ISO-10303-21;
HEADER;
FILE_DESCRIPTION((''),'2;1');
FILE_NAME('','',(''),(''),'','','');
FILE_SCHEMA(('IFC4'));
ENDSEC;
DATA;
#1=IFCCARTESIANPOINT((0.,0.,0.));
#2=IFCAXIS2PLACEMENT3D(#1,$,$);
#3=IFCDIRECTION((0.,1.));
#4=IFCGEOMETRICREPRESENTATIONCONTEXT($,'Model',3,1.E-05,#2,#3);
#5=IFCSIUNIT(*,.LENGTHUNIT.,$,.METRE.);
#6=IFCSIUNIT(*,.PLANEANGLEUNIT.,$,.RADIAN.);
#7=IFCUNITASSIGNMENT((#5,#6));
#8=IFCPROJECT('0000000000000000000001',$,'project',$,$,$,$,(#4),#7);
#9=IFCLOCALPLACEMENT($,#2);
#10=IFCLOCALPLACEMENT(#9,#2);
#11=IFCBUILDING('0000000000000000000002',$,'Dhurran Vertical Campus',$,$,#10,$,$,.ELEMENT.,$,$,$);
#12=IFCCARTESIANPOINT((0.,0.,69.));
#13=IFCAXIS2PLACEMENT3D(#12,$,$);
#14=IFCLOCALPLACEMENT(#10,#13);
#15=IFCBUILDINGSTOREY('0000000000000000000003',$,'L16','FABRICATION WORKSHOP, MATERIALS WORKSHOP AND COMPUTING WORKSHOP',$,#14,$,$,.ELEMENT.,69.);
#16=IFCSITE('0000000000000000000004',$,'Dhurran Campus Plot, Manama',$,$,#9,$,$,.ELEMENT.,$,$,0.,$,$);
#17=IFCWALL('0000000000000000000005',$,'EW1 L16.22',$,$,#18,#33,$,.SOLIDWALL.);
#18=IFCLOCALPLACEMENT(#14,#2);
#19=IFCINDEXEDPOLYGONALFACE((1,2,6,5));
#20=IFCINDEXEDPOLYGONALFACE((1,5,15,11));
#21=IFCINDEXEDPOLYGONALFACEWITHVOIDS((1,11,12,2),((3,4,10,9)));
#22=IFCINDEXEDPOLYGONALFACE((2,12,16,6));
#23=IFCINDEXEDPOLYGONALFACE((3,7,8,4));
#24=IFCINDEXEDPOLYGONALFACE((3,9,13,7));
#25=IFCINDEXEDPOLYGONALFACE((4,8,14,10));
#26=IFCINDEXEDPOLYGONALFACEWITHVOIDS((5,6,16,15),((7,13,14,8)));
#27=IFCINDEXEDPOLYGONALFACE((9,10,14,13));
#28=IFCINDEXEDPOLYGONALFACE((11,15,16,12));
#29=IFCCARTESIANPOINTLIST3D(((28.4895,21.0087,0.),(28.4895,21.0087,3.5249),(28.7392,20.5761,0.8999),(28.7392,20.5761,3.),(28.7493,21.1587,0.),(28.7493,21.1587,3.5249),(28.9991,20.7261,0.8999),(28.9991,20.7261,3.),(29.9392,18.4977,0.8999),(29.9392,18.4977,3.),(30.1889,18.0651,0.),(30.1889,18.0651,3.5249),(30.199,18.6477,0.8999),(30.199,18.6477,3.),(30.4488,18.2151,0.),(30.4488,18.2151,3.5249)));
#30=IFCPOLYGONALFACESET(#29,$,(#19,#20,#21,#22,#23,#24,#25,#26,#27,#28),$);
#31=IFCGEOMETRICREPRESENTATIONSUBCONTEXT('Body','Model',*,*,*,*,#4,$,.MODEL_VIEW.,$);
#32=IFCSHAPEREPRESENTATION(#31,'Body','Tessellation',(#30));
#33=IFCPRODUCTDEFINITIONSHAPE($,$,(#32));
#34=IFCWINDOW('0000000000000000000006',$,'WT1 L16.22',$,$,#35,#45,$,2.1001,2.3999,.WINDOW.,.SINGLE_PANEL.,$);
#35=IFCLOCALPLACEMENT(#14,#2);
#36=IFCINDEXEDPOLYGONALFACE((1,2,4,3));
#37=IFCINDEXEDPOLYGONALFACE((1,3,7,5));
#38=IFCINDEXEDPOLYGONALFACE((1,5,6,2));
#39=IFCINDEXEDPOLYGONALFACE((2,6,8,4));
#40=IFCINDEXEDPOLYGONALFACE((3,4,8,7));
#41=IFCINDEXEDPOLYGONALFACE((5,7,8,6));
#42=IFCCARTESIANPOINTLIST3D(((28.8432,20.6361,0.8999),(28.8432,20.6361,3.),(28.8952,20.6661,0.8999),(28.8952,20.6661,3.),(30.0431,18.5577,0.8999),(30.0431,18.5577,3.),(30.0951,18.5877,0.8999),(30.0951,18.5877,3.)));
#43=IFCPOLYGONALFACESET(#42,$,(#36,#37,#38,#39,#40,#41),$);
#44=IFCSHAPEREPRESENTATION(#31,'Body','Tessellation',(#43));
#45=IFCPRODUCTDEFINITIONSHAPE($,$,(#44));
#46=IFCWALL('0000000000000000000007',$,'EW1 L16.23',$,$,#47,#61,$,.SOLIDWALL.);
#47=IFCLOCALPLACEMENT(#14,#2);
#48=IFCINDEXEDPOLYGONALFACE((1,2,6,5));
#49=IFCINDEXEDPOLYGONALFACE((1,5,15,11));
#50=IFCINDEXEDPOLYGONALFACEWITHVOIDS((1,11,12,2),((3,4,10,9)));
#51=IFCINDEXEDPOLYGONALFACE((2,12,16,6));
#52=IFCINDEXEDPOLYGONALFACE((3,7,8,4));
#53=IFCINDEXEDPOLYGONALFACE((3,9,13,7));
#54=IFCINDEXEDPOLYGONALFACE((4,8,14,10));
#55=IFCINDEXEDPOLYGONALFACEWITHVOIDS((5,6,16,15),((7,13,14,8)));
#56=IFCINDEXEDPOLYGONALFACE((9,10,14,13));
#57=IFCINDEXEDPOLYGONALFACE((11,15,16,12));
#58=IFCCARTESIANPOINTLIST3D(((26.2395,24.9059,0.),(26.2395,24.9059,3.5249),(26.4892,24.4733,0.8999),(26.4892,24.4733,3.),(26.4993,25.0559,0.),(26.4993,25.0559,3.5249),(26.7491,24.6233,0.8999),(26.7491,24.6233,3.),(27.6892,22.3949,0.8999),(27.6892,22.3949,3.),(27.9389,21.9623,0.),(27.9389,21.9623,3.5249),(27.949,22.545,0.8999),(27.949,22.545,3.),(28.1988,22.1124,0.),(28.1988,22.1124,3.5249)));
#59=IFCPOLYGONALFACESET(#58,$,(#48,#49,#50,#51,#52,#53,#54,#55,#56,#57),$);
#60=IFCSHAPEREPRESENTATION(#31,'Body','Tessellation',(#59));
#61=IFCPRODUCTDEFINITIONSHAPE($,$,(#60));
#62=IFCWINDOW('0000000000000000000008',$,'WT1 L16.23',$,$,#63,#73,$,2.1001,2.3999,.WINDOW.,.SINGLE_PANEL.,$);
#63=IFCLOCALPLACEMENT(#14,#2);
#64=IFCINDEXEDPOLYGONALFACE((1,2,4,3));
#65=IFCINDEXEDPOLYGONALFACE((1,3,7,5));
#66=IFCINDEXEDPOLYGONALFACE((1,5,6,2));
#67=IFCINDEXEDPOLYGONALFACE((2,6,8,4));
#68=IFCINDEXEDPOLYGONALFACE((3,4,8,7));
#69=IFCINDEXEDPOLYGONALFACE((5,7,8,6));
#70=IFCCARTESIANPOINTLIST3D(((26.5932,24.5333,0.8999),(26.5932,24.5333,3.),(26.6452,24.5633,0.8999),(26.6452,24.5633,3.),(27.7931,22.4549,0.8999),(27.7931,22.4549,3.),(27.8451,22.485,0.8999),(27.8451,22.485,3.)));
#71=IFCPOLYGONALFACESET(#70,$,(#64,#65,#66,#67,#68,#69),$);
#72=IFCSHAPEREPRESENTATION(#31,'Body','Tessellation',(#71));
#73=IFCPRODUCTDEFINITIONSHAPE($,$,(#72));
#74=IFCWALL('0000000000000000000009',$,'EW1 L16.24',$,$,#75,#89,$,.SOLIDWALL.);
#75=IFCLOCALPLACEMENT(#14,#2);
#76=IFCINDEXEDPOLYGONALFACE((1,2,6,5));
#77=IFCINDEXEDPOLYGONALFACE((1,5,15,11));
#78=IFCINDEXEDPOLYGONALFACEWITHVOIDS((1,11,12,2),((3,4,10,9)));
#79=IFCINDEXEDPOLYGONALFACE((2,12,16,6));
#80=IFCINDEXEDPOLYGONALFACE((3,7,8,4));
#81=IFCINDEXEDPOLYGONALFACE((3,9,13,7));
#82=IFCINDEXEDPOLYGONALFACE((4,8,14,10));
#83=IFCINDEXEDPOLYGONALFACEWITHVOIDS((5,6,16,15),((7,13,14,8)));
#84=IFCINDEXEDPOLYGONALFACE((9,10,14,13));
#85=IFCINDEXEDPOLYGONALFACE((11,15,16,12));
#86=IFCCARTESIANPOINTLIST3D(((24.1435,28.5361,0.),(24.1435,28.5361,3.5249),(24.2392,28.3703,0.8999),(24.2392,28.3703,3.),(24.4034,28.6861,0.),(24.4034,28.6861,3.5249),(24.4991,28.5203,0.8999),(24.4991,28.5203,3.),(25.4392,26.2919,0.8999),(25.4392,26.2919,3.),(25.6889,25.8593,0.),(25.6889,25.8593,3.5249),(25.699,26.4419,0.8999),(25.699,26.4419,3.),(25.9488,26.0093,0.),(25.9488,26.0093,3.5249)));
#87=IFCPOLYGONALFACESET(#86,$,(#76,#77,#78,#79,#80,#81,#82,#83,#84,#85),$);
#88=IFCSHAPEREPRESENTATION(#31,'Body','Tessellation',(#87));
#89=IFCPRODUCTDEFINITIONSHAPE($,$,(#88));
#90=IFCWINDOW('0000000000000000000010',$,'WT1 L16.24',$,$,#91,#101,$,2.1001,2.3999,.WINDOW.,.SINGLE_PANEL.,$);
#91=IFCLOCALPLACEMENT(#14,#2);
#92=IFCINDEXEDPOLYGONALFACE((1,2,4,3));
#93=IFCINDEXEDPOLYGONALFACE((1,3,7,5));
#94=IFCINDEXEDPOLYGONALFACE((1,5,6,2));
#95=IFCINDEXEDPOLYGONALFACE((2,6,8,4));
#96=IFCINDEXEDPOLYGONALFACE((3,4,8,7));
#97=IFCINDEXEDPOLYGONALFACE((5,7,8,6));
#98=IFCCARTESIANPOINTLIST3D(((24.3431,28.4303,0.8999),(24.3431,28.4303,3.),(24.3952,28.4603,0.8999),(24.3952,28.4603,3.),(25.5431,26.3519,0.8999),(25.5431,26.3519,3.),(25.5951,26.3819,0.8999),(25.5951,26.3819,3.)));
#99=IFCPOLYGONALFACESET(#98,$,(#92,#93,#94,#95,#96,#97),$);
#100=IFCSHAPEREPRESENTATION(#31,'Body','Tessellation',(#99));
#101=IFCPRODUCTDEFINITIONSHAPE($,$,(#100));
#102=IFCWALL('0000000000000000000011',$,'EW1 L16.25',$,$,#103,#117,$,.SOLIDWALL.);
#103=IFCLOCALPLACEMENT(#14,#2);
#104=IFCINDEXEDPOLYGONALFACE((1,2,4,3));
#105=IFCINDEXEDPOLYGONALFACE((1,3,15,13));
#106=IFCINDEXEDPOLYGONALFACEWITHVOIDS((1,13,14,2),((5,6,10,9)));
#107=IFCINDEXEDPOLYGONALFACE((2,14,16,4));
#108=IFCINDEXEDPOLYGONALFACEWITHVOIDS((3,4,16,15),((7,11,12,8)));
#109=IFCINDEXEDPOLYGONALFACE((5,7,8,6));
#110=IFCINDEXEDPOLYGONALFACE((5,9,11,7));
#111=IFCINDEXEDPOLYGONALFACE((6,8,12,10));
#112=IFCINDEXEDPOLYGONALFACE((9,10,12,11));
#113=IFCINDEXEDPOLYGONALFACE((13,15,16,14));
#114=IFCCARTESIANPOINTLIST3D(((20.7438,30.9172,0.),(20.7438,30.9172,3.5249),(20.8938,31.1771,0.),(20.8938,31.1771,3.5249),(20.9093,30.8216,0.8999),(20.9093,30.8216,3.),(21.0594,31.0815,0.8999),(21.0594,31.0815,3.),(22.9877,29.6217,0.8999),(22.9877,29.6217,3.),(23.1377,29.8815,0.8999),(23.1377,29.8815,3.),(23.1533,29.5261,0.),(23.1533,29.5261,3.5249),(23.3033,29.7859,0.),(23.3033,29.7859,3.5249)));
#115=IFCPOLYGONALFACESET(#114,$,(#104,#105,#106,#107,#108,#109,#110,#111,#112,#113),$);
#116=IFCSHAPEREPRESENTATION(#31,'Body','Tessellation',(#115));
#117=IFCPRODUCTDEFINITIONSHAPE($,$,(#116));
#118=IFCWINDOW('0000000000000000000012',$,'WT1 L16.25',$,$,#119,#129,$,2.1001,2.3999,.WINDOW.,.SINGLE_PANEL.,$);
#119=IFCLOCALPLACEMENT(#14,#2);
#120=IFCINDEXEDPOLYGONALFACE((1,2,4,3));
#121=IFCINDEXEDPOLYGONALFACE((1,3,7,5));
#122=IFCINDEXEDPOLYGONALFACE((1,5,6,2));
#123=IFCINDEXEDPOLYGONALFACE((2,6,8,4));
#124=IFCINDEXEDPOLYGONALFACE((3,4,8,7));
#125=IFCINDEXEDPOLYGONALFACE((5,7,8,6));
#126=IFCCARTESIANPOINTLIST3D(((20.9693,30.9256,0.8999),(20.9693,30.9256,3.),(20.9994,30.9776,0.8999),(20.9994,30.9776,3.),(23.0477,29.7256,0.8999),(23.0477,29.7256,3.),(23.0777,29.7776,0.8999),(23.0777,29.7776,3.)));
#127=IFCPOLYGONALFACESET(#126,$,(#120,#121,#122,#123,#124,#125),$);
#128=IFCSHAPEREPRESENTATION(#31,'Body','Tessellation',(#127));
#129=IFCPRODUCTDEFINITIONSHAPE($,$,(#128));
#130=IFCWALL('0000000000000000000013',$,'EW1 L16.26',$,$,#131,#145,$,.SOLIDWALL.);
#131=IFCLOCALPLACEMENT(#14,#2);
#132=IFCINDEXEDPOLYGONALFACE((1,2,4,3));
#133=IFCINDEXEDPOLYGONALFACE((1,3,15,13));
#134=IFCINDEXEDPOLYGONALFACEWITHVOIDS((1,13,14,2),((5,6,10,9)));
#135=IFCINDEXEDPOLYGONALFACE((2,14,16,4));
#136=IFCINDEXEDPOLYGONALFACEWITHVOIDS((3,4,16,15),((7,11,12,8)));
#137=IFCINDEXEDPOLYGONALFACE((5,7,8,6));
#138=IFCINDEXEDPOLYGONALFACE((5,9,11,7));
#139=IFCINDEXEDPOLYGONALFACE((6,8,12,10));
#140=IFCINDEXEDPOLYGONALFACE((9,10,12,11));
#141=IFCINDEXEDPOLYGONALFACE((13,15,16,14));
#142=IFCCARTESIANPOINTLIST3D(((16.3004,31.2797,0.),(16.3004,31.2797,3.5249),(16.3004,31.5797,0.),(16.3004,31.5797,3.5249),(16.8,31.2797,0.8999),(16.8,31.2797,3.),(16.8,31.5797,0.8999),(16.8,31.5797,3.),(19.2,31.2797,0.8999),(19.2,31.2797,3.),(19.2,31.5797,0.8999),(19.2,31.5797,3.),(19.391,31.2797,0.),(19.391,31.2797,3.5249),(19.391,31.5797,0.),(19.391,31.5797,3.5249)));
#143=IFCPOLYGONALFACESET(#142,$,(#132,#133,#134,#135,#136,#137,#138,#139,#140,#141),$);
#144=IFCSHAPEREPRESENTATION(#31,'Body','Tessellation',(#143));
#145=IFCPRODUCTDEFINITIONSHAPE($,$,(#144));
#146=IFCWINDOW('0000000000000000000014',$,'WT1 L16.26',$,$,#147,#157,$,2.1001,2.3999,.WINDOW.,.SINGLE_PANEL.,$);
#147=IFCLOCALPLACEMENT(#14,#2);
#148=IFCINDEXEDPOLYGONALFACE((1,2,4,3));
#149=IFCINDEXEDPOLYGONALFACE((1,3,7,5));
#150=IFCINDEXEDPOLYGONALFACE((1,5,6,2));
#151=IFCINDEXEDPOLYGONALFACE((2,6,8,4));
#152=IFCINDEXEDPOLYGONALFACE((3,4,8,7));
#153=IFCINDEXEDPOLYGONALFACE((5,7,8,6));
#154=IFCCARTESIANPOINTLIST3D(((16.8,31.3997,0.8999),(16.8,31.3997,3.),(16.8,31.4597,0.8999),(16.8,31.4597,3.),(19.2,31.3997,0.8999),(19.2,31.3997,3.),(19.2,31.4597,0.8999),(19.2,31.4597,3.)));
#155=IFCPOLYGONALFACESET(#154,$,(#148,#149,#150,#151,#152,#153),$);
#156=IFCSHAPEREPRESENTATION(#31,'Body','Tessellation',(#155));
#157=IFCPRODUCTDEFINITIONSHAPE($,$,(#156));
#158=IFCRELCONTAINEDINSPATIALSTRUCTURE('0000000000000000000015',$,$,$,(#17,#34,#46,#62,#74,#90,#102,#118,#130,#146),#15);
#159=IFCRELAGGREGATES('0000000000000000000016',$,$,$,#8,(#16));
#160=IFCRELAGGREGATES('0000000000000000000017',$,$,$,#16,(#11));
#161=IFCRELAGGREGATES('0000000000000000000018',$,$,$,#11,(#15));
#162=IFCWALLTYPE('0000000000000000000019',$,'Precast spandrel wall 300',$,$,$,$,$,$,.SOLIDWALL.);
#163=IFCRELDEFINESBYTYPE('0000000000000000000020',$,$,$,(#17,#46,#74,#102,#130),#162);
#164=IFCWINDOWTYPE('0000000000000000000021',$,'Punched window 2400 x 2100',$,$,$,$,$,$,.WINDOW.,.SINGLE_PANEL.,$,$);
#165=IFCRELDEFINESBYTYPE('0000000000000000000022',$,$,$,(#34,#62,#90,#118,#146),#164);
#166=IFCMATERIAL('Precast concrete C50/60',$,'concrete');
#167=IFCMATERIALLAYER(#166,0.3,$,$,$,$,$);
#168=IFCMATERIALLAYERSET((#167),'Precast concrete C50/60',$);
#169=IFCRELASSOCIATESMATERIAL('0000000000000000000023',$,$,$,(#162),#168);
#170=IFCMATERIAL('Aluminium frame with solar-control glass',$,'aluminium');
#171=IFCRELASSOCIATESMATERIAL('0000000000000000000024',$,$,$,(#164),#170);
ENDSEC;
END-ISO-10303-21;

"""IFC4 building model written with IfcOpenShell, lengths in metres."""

from ifc_helpers import new_model, si_unit, direction, frame, frame_2d, origin, place, context, subcontext, project, spatial, rectangle, extrude, material, layer, layer_set, type_object, element, fill, save


model = new_model("IFC4")

# Units and contexts
model_context = context("Model", 3, precision=1e-05, world=origin(), true_north=direction((0.0, 1.0)))
body_context = subcontext(model_context, "Body", "Model", "MODEL_VIEW")
ifc_project = project(units=[si_unit("LENGTHUNIT", "METRE"), si_unit("PLANEANGLEUNIT", "RADIAN")], contexts=[model_context])

# Site, building, storey
site_placement = place(None, origin())
site = spatial("IfcSite", under=ifc_project, at=site_placement, Name="Dhurran Campus Plot, Manama", CompositionType="ELEMENT", RefElevation=0.0)
building_placement = place(site_placement, origin())
building = spatial("IfcBuilding", under=site, at=building_placement, Name="Dhurran Vertical Campus", CompositionType="ELEMENT")
storey_placement = place(building_placement, frame((0.0, 0.0, 69.0)))
storey = spatial("IfcBuildingStorey", under=building, at=storey_placement, Name="L16", Description="FABRICATION WORKSHOP, MATERIALS WORKSHOP AND COMPUTING WORKSHOP", CompositionType="ELEMENT", Elevation=69.0)

# Walls, openings, windows
ifc_material_1 = material(Name="Precast concrete C50/60", Category="concrete")
ifc_layer_1 = layer(ifc_material_1, 0.3)
ifc_layer_set_1 = layer_set([ifc_layer_1], Name="Precast concrete C50/60")
wall_type_1 = type_object("IfcWallType", Name="Precast spandrel wall 300", PredefinedType="SOLIDWALL", material=ifc_layer_set_1)
ifc_material_2 = material(Name="Aluminium frame with solar-control glass", Category="aluminium")
window_type = type_object("IfcWindowType", Name="Punched window 2400 x 2100", PartitioningType="SINGLE_PANEL", PredefinedType="WINDOW", material=ifc_material_2)
wall_1_placement = place(storey_placement, frame((30.3188, 18.1401, 0.0), z_axis=(0.0, 0.0, 1.0), x_axis=(-0.499994, 0.866029, 0.0)))
wall_1 = element("IfcWall", 1, at=wall_1_placement, inside=storey, type_object=wall_type_1, Name="EW1 L16.22", PredefinedType="SOLIDWALL", context=body_context, shape_type="SweptSolid", body=[
    extrude(rectangle(XDim=3.3989, YDim=0.3, at=frame_2d((1.6995, 0.0))), origin(), (0.0, 0.0, 1.0), 3.5249),
])
opening_1_placement = place(wall_1_placement, frame((0.4995, 0.0, 0.8999)))
opening_1 = element("IfcOpeningElement", 2, at=opening_1_placement, cuts=wall_1, PredefinedType="OPENING", context=body_context, shape_type="SweptSolid", body=[
    extrude(rectangle(XDim=2.3999, YDim=2.1001, at=frame_2d((1.2, 1.05))), frame((0.0, 0.1599, 0.0), z_axis=(0.0, -1.0, 0.0), x_axis=(1.0, 0.0, 0.0)), (0.0, 0.0, 1.0), 0.3201),
])
window_1_placement = place(opening_1_placement, origin())
window_1 = element("IfcWindow", 3, at=window_1_placement, inside=storey, type_object=window_type, Name="WT1 L16.22", OverallHeight=2.1001, OverallWidth=2.3999, PartitioningType="SINGLE_PANEL", PredefinedType="WINDOW", context=body_context, shape_type="SweptSolid", body=[
    extrude(rectangle(XDim=2.3999, YDim=2.1001, at=frame_2d((1.2, 1.05))), frame((0.0, 0.03, 0.0), z_axis=(0.0, -1.0, 0.0), x_axis=(1.0, 0.0, 0.0)), (0.0, 0.0, 1.0), 0.0601),
])
fill(opening_1, window_1)
wall_2_placement = place(storey_placement, frame((28.0688, 22.0374, 0.0), z_axis=(0.0, 0.0, 1.0), x_axis=(-0.499994, 0.866029, 0.0)))
wall_2 = element("IfcWall", 4, at=wall_2_placement, inside=storey, type_object=wall_type_1, Name="EW1 L16.23", PredefinedType="SOLIDWALL", context=body_context, shape_type="SweptSolid", body=[
    extrude(rectangle(XDim=3.3989, YDim=0.3, at=frame_2d((1.6995, 0.0))), origin(), (0.0, 0.0, 1.0), 3.5249),
])
opening_2_placement = place(wall_2_placement, frame((0.4995, 0.0, 0.8999)))
opening_2 = element("IfcOpeningElement", 5, at=opening_2_placement, cuts=wall_2, PredefinedType="OPENING", context=body_context, shape_type="SweptSolid", body=[
    extrude(rectangle(XDim=2.3999, YDim=2.1001, at=frame_2d((1.2, 1.05))), frame((0.0, 0.1599, 0.0), z_axis=(0.0, -1.0, 0.0), x_axis=(1.0, 0.0, 0.0)), (0.0, 0.0, 1.0), 0.3201),
])
window_2_placement = place(opening_2_placement, origin())
window_2 = element("IfcWindow", 6, at=window_2_placement, inside=storey, type_object=window_type, Name="WT1 L16.23", OverallHeight=2.1001, OverallWidth=2.3999, PartitioningType="SINGLE_PANEL", PredefinedType="WINDOW", context=body_context, shape_type="SweptSolid", body=[
    extrude(rectangle(XDim=2.3999, YDim=2.1001, at=frame_2d((1.2, 1.05))), frame((0.0, 0.03, 0.0), z_axis=(0.0, -1.0, 0.0), x_axis=(1.0, 0.0, 0.0)), (0.0, 0.0, 1.0), 0.0601),
])
fill(opening_2, window_2)
wall_3_placement = place(storey_placement, frame((25.8188, 25.9343, 0.0), z_axis=(0.0, 0.0, 1.0), x_axis=(-0.499996, 0.866028, 0.0)))
wall_3 = element("IfcWall", 7, at=wall_3_placement, inside=storey, type_object=wall_type_1, Name="EW1 L16.24", PredefinedType="SOLIDWALL", context=body_context, shape_type="SweptSolid", body=[
    extrude(rectangle(XDim=3.0908, YDim=0.3, at=frame_2d((1.5454, 0.0))), origin(), (0.0, 0.0, 1.0), 3.5249),
])
opening_3_placement = place(wall_3_placement, frame((0.4995, 0.0, 0.8999)))
opening_3 = element("IfcOpeningElement", 8, at=opening_3_placement, cuts=wall_3, PredefinedType="OPENING", context=body_context, shape_type="SweptSolid", body=[
    extrude(rectangle(XDim=2.3999, YDim=2.1001, at=frame_2d((1.2, 1.05))), frame((0.0, 0.1599, 0.0), z_axis=(0.0, -1.0, 0.0), x_axis=(1.0, 0.0, 0.0)), (0.0, 0.0, 1.0), 0.3201),
])
window_3_placement = place(opening_3_placement, origin())
window_3 = element("IfcWindow", 9, at=window_3_placement, inside=storey, type_object=window_type, Name="WT1 L16.24", OverallHeight=2.1001, OverallWidth=2.3999, PartitioningType="SINGLE_PANEL", PredefinedType="WINDOW", context=body_context, shape_type="SweptSolid", body=[
    extrude(rectangle(XDim=2.3999, YDim=2.1001, at=frame_2d((1.2, 1.05))), frame((0.0, 0.03, 0.0), z_axis=(0.0, -1.0, 0.0), x_axis=(1.0, 0.0, 0.0)), (0.0, 0.0, 1.0), 0.0601),
])
fill(opening_3, window_3)
wall_4_placement = place(storey_placement, frame((23.2283, 29.656, 0.0), z_axis=(0.0, 0.0, 1.0), x_axis=(-0.86602, 0.500009, 0.0)))
wall_4 = element("IfcWall", 10, at=wall_4_placement, inside=storey, type_object=wall_type_1, Name="EW1 L16.25", PredefinedType="SOLIDWALL", context=body_context, shape_type="SweptSolid", body=[
    extrude(rectangle(XDim=2.7822, YDim=0.3, at=frame_2d((1.3911, 0.0))), origin(), (0.0, 0.0, 1.0), 3.5249),
])
opening_4_placement = place(wall_4_placement, frame((0.1912, 0.0, 0.8999)))
opening_4 = element("IfcOpeningElement", 11, at=opening_4_placement, cuts=wall_4, PredefinedType="OPENING", context=body_context, shape_type="SweptSolid", body=[
    extrude(rectangle(XDim=2.3999, YDim=2.1001, at=frame_2d((1.2, 1.05))), frame((0.0, 0.1599, 0.0), z_axis=(0.0, -1.0, 0.0), x_axis=(1.0, 0.0, 0.0)), (0.0, 0.0, 1.0), 0.3201),
])
window_4_placement = place(opening_4_placement, origin())
window_4 = element("IfcWindow", 12, at=window_4_placement, inside=storey, type_object=window_type, Name="WT1 L16.25", OverallHeight=2.1001, OverallWidth=2.3999, PartitioningType="SINGLE_PANEL", PredefinedType="WINDOW", context=body_context, shape_type="SweptSolid", body=[
    extrude(rectangle(XDim=2.3999, YDim=2.1001, at=frame_2d((1.2, 1.05))), frame((0.0, 0.03, 0.0), z_axis=(0.0, -1.0, 0.0), x_axis=(1.0, 0.0, 0.0)), (0.0, 0.0, 1.0), 0.0601),
])
fill(opening_4, window_4)
wall_5_placement = place(storey_placement, frame((19.3911, 31.4297, 0.0), z_axis=(0.0, 0.0, 1.0), x_axis=(-1.0, 0.0, 0.0)))
wall_5 = element("IfcWall", 13, at=wall_5_placement, inside=storey, type_object=wall_type_1, Name="EW1 L16.26", PredefinedType="SOLIDWALL", context=body_context, shape_type="SweptSolid", body=[
    extrude(rectangle(XDim=3.0906, YDim=0.3, at=frame_2d((1.5454, 0.0))), origin(), (0.0, 0.0, 1.0), 3.5249),
])
opening_5_placement = place(wall_5_placement, frame((0.1912, 0.0, 0.8999)))
opening_5 = element("IfcOpeningElement", 14, at=opening_5_placement, cuts=wall_5, PredefinedType="OPENING", context=body_context, shape_type="SweptSolid", body=[
    extrude(rectangle(XDim=2.3999, YDim=2.1001, at=frame_2d((1.2, 1.05))), frame((0.0, 0.1599, 0.0), z_axis=(0.0, -1.0, 0.0), x_axis=(1.0, 0.0, 0.0)), (0.0, 0.0, 1.0), 0.3201),
])
window_5_placement = place(opening_5_placement, origin())
window_5 = element("IfcWindow", 15, at=window_5_placement, inside=storey, type_object=window_type, Name="WT1 L16.26", OverallHeight=2.1001, OverallWidth=2.3999, PartitioningType="SINGLE_PANEL", PredefinedType="WINDOW", context=body_context, shape_type="SweptSolid", body=[
    extrude(rectangle(XDim=2.3999, YDim=2.1001, at=frame_2d((1.2, 1.05))), frame((0.0, 0.03, 0.0), z_axis=(0.0, -1.0, 0.0), x_axis=(1.0, 0.0, 0.0)), (0.0, 0.0, 1.0), 0.0601),
])
fill(opening_5, window_5)

save(model, "model.ifc")
